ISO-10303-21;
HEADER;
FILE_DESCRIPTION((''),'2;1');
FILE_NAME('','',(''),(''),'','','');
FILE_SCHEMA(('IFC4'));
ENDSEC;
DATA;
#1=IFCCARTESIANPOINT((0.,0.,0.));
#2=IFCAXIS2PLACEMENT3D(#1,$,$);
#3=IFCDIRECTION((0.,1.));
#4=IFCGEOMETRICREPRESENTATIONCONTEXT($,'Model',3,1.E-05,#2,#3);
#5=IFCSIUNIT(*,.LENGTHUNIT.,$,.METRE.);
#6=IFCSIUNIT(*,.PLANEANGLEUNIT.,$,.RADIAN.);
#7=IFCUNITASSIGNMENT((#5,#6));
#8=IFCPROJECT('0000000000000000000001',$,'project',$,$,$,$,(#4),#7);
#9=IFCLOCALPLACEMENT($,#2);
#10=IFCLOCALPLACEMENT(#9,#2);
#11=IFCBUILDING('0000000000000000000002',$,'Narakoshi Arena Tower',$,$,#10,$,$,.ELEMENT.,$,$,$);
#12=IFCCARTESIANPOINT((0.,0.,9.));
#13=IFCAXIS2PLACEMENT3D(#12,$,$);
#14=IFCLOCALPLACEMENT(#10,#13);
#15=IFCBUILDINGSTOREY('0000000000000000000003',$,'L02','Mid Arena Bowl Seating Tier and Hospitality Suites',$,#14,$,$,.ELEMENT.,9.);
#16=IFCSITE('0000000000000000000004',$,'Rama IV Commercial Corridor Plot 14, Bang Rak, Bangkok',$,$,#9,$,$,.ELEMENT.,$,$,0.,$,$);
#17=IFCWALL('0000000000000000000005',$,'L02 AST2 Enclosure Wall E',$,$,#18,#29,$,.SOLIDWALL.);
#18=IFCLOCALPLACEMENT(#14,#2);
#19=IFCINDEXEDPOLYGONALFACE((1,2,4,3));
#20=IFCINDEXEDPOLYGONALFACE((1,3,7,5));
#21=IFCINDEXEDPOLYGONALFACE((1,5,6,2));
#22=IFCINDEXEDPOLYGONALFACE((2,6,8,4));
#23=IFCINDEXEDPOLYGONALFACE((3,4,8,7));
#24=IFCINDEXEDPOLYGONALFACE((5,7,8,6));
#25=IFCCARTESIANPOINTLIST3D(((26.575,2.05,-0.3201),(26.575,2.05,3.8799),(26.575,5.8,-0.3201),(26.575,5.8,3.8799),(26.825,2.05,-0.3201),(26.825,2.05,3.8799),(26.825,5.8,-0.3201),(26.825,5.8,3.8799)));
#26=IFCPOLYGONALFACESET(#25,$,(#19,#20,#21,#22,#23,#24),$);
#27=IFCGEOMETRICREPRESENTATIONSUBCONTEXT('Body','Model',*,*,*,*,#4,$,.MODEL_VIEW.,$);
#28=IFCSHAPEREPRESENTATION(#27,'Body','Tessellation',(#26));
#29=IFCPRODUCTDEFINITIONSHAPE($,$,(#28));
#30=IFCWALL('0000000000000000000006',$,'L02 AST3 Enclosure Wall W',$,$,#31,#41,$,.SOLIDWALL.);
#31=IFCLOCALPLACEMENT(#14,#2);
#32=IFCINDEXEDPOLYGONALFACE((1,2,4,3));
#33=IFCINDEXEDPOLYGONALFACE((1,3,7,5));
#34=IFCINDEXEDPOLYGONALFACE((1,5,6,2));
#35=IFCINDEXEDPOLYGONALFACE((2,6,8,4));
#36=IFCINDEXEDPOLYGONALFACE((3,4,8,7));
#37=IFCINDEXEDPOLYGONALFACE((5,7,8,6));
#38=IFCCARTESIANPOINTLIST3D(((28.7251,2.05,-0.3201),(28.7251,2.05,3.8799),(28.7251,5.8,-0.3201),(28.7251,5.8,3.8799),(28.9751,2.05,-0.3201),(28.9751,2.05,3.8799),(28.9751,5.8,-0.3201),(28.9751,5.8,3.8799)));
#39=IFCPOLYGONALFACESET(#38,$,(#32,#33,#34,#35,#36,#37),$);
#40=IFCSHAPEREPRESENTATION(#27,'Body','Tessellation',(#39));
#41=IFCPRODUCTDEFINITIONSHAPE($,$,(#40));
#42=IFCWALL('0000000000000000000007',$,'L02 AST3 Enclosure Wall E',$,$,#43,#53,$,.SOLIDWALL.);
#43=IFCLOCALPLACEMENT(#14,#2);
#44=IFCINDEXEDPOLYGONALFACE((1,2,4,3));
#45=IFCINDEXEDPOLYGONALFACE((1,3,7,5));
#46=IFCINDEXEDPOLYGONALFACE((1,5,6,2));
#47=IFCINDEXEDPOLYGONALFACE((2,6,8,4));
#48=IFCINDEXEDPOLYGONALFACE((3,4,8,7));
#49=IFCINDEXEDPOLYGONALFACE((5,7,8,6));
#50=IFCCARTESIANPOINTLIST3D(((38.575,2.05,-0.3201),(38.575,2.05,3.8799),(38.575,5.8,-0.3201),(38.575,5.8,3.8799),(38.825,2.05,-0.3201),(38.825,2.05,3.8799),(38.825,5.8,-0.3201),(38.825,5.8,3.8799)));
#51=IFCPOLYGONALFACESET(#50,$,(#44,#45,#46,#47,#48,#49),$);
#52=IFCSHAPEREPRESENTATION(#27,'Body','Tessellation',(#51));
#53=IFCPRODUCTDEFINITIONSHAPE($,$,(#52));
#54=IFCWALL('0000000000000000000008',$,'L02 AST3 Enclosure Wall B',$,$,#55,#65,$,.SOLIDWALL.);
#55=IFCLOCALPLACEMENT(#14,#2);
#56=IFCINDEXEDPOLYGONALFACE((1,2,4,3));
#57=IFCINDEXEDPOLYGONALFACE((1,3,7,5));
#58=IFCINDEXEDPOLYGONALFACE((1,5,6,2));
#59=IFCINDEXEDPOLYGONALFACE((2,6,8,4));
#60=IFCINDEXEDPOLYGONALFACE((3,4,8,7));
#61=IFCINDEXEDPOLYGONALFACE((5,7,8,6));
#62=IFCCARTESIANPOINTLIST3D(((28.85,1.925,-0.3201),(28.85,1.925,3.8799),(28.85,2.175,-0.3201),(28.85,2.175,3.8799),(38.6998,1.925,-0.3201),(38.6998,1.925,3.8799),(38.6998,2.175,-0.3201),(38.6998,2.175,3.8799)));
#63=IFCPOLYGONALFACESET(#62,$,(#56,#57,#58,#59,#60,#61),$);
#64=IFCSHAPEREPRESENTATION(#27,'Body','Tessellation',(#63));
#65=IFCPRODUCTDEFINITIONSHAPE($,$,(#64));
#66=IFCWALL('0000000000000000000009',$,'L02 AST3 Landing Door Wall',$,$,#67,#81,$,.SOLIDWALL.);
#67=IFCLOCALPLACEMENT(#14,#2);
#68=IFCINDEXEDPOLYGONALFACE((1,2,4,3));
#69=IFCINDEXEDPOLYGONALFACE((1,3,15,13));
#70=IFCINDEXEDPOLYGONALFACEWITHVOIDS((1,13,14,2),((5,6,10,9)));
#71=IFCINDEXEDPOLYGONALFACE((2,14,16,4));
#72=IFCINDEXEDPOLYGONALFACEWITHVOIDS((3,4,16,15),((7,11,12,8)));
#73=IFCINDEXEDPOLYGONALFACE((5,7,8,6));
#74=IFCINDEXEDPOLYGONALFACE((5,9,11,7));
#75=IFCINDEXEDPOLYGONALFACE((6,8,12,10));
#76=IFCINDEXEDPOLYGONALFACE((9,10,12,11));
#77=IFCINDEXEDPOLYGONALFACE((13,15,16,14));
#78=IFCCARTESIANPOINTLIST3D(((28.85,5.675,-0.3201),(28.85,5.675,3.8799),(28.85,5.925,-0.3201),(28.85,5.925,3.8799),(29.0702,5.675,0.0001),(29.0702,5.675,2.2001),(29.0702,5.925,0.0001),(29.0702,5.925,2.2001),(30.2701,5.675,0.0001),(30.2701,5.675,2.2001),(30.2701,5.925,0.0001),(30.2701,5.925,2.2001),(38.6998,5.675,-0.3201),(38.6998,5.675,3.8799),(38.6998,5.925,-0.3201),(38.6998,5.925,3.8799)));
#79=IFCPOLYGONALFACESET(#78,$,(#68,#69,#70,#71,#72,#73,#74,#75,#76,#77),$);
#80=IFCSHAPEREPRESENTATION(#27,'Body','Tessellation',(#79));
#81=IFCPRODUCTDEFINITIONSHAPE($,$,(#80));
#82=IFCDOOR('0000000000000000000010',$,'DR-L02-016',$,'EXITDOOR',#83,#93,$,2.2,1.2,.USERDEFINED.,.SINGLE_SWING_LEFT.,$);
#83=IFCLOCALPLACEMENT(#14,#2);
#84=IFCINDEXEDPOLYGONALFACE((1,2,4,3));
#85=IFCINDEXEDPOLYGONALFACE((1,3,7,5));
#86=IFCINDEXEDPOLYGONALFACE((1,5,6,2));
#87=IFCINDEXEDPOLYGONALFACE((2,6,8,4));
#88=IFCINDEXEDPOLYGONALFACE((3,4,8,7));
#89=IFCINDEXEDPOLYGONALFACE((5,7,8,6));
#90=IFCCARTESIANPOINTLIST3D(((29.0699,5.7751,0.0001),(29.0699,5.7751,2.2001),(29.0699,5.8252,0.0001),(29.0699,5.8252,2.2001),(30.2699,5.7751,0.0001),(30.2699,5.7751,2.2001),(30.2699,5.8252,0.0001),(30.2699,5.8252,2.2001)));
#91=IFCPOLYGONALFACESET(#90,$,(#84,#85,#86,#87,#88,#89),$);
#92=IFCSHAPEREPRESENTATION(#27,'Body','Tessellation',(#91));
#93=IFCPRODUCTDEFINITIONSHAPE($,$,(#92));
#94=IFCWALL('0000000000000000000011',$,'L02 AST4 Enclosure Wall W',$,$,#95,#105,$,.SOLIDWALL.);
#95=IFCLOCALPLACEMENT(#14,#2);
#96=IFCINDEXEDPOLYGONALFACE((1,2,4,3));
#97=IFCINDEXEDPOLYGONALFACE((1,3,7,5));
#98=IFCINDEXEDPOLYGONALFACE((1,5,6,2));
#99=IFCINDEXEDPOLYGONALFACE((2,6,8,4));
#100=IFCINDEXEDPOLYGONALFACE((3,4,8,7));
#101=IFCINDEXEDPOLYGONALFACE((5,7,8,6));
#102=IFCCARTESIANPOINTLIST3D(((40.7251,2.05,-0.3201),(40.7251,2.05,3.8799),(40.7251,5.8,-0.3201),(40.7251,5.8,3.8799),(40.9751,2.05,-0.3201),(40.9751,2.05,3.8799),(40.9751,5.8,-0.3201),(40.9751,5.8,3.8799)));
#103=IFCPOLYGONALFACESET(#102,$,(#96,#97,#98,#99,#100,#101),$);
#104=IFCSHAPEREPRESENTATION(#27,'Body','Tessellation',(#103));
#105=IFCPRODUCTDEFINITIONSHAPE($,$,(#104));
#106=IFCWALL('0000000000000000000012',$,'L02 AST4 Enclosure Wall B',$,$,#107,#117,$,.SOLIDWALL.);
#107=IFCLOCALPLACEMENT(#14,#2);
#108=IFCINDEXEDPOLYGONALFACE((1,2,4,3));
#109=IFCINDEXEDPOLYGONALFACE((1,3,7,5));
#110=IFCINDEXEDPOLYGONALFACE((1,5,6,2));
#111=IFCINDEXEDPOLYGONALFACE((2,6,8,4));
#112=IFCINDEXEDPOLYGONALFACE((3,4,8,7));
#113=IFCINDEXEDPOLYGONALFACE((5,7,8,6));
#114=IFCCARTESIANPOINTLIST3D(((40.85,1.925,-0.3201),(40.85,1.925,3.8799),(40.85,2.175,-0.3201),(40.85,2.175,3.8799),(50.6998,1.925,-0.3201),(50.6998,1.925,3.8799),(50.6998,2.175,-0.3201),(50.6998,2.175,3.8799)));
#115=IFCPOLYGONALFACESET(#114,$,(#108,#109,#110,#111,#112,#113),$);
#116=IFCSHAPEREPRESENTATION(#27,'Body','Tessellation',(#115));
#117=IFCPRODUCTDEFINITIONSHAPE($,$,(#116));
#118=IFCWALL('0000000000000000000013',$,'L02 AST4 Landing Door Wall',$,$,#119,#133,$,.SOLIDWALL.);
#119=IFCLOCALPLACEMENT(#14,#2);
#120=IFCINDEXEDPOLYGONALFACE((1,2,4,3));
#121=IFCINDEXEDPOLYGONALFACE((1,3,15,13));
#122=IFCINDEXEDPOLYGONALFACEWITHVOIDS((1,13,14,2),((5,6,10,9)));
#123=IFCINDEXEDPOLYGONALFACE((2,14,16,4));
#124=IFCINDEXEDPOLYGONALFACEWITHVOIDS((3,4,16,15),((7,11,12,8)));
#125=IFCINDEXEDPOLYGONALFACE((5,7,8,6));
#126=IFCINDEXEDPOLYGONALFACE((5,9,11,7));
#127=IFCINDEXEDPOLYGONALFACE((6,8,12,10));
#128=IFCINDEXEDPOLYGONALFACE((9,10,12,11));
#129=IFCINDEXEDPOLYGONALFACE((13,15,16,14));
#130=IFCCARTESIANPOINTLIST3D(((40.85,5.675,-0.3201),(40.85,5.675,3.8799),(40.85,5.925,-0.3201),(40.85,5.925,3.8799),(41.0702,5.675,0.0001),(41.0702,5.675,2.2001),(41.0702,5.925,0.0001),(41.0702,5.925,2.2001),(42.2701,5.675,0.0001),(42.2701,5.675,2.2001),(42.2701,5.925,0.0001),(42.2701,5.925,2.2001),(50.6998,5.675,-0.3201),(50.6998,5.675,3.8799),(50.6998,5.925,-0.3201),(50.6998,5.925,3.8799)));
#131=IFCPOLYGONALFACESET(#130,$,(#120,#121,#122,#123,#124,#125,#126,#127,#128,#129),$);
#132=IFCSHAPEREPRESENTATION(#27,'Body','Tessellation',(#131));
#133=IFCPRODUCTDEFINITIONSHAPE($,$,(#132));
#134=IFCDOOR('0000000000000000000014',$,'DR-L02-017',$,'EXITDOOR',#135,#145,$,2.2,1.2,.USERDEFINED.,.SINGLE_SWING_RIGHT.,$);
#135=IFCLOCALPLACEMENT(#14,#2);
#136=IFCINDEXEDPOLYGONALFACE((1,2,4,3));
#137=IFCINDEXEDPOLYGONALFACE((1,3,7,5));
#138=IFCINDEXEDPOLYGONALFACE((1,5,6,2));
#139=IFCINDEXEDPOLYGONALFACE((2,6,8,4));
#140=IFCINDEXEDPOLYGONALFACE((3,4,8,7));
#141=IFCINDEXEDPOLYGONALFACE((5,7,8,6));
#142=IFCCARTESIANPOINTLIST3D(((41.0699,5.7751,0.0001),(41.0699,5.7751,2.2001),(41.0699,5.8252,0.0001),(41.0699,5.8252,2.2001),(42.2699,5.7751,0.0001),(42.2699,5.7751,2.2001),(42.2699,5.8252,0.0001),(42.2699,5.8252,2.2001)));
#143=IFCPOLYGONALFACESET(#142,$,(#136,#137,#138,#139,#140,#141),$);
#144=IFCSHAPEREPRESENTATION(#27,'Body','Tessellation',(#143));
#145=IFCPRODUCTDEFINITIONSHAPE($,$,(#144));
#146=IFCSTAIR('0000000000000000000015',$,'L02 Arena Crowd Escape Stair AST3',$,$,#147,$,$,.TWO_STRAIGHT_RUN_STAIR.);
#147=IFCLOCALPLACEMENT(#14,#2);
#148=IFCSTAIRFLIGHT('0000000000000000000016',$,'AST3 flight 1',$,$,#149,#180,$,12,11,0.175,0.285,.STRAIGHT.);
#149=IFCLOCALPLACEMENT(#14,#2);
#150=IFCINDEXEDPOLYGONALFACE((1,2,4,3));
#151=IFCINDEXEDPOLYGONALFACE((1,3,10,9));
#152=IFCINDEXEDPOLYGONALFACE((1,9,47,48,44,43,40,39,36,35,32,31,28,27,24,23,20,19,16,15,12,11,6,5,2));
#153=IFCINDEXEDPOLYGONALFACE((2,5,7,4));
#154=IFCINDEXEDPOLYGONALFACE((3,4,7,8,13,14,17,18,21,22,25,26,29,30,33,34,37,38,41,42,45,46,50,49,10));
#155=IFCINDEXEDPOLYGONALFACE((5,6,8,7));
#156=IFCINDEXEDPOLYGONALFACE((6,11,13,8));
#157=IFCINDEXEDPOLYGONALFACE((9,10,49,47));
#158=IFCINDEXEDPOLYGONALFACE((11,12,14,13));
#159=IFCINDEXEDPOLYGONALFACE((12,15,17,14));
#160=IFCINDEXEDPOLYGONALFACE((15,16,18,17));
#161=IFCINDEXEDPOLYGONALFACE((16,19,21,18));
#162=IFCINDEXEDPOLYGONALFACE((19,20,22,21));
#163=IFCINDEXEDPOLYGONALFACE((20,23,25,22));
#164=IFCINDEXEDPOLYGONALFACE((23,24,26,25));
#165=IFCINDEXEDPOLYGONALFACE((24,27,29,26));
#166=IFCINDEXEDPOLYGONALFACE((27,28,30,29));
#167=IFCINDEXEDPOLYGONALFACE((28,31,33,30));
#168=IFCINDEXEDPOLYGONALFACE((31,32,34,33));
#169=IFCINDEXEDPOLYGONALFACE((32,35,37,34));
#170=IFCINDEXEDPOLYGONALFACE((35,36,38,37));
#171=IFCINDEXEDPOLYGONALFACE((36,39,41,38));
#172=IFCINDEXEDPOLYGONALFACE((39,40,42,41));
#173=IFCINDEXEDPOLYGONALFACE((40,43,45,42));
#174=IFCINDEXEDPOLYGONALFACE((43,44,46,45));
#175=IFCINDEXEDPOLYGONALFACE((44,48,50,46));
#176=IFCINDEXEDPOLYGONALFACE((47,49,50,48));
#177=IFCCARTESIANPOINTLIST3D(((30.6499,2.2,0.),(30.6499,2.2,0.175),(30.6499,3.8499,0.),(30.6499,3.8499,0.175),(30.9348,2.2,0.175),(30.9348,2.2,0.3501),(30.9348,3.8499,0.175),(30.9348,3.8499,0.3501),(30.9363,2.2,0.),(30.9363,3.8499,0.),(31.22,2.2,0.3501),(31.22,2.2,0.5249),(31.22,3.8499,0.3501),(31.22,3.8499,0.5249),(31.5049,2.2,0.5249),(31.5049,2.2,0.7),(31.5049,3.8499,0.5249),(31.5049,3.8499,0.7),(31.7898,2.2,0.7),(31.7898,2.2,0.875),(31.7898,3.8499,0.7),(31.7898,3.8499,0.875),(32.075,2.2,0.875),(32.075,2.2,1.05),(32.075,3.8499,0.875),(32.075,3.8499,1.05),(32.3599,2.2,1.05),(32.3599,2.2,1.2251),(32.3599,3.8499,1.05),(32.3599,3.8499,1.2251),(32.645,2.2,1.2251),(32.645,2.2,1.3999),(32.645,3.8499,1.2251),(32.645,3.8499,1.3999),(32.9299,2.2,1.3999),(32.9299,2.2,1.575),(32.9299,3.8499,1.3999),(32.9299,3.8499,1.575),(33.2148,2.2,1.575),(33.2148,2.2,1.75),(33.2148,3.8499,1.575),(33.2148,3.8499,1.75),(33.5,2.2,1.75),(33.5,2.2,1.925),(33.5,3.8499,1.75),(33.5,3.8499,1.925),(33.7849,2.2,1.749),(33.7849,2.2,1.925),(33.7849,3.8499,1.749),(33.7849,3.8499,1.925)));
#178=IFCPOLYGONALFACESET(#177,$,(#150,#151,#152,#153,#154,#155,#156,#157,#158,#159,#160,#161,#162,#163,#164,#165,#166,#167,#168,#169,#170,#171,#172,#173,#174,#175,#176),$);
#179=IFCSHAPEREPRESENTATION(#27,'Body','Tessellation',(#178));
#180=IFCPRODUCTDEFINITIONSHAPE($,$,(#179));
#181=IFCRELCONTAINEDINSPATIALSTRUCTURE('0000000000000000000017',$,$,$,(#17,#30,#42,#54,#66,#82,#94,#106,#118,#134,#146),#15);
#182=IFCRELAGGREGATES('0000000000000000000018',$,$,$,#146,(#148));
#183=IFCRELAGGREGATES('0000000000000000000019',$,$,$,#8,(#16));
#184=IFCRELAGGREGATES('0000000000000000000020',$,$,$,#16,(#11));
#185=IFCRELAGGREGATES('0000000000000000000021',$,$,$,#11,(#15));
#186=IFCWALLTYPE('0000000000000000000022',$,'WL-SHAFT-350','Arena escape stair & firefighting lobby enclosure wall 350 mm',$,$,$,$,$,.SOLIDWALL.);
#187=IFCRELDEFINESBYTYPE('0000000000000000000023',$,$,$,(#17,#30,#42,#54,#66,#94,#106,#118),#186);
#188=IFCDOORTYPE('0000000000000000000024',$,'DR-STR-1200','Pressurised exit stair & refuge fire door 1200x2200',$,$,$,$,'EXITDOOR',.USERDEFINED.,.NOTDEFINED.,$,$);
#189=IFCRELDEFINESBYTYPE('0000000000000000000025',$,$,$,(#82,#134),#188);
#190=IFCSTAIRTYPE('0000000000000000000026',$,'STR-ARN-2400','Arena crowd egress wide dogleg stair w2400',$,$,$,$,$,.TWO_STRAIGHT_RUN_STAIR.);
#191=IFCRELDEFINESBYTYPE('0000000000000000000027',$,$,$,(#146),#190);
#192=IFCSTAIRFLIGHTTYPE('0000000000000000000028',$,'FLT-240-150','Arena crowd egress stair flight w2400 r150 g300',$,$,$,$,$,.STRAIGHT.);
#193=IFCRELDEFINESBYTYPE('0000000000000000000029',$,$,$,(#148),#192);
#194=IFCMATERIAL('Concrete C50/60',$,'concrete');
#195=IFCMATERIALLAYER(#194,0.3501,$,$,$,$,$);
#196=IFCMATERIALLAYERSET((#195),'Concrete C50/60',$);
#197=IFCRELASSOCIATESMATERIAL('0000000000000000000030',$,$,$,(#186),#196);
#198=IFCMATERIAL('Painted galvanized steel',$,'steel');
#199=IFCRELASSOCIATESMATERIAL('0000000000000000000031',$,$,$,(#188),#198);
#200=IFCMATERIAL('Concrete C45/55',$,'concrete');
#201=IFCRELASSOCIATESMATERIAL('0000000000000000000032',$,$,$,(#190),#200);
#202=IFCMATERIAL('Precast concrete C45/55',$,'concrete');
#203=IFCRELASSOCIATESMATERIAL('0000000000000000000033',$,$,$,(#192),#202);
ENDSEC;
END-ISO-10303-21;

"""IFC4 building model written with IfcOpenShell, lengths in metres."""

from ifc_helpers import new_model, si_unit, direction, frame, frame_2d, origin, place, context, subcontext, project, spatial, polyline, rectangle, outline, extrude, material, layer, layer_set, type_object, element, fill, aggregate, save


model = new_model("IFC4")

# Units and contexts
model_context = context("Model", 3, precision=1e-05, world=origin(), true_north=direction((0.0, 1.0)))
body_context = subcontext(model_context, "Body", "Model", "MODEL_VIEW")
ifc_project = project(units=[si_unit("LENGTHUNIT", "METRE"), si_unit("PLANEANGLEUNIT", "RADIAN")], contexts=[model_context])

# Site, building, storey
site_placement = place(None, origin())
site = spatial("IfcSite", under=ifc_project, at=site_placement, Name="Rama IV Commercial Corridor Plot 14, Bang Rak, Bangkok", CompositionType="ELEMENT", RefElevation=0.0)
building_placement = place(site_placement, origin())
building = spatial("IfcBuilding", under=site, at=building_placement, Name="Narakoshi Arena Tower", CompositionType="ELEMENT")
storey_placement = place(building_placement, frame((0.0, 0.0, 9.0)))
storey = spatial("IfcBuildingStorey", under=building, at=storey_placement, Name="L02", Description="Mid Arena Bowl Seating Tier and Hospitality Suites", CompositionType="ELEMENT", Elevation=9.0)

# Shared definitions
ifc_material_1 = material(Name="Concrete C50/60", Category="concrete")

# Shared definitions
ifc_material_2 = material(Name="Painted galvanized steel", Category="steel")

# Walls
ifc_layer_1 = layer(ifc_material_1, 0.3501)
ifc_layer_set_1 = layer_set([ifc_layer_1], Name="Concrete C50/60")
wall_type_1 = type_object("IfcWallType", Name="WL-SHAFT-350", Description="Arena escape stair & firefighting lobby enclosure wall 350 mm", PredefinedType="SOLIDWALL", material=ifc_layer_set_1)
for number, where, z_axis, x_axis, name in (
    (1, (26.7, 2.05, -0.3201), (0.0, 0.0, 1.0), (0.0, 1.0, 0.0), "L02 AST2 Enclosure Wall E"),
    (2, (28.8501, 2.05, -0.3201), (0.0, 0.0, 1.0), (0.0, 1.0, 0.0), "L02 AST3 Enclosure Wall W"),
    (3, (38.7, 2.05, -0.3201), (0.0, 0.0, 1.0), (0.0, 1.0, 0.0), "L02 AST3 Enclosure Wall E"),
):
    element("IfcWall", number, at=place(storey_placement, frame(where, z_axis=z_axis, x_axis=x_axis)), inside=storey, type_object=wall_type_1, Name=name, PredefinedType="SOLIDWALL", context=body_context, shape_type="SweptSolid", body=[
        extrude(rectangle(XDim=3.75, YDim=0.25, at=frame_2d((1.875, 0.0))), origin(), (0.0, 0.0, 1.0), 4.2),
    ])
wall_1_placement = place(storey_placement, frame((28.8501, 2.05, -0.3201), z_axis=(0.0, 0.0, 1.0), x_axis=(1.0, 0.0, 0.0)))
element("IfcWall", 4, at=wall_1_placement, inside=storey, type_object=wall_type_1, Name="L02 AST3 Enclosure Wall B", PredefinedType="SOLIDWALL", context=body_context, shape_type="SweptSolid", body=[
    extrude(rectangle(XDim=9.8499, YDim=0.25, at=frame_2d((4.9248, 0.0))), origin(), (0.0, 0.0, 1.0), 4.2),
])

# Wall, opening, door
wall_2_placement = place(storey_placement, frame((28.8501, 5.8, -0.3201), z_axis=(0.0, 0.0, 1.0), x_axis=(1.0, 0.0, 0.0)))
wall_2 = element("IfcWall", 5, at=wall_2_placement, inside=storey, type_object=wall_type_1, Name="L02 AST3 Landing Door Wall", PredefinedType="SOLIDWALL", context=body_context, shape_type="SweptSolid", body=[
    extrude(rectangle(XDim=9.8499, YDim=0.25, at=frame_2d((4.9248, 0.0))), origin(), (0.0, 0.0, 1.0), 4.2),
])
opening_1_placement = place(wall_2_placement, frame((0.22, 0.0, 0.3201)))
opening_1 = element("IfcOpeningElement", 6, at=opening_1_placement, cuts=wall_2, PredefinedType="OPENING", context=body_context, shape_type="SweptSolid", body=[
    extrude(rectangle(XDim=1.2, YDim=2.2, at=frame_2d((0.6001, 1.1001))), frame((0.0, 0.135, 0.0), z_axis=(0.0, -1.0, 0.0), x_axis=(1.0, 0.0, 0.0)), (0.0, 0.0, 1.0), 0.27),
])
door_type_1 = type_object("IfcDoorType", Name="DR-STR-1200", Description="Pressurised exit stair & refuge fire door 1200x2200", ElementType="EXITDOOR", OperationType="NOTDEFINED", PredefinedType="USERDEFINED", material=ifc_material_2)
door_1_placement = place(opening_1_placement, frame((1.2, 0.0, 0.0), z_axis=(0.0, 0.0, 1.0), x_axis=(-1.0, 0.0, 0.0)))
door_1 = element("IfcDoor", 7, at=door_1_placement, inside=storey, type_object=door_type_1, Name="DR-L02-016", ObjectType="EXITDOOR", OperationType="SINGLE_SWING_LEFT", OverallHeight=2.2, OverallWidth=1.2, PredefinedType="USERDEFINED", context=body_context, shape_type="SweptSolid", body=[
    extrude(rectangle(XDim=1.2, YDim=2.2, at=frame_2d((0.6001, 1.1001))), frame((0.0, 0.0249, 0.0), z_axis=(0.0, -1.0, 0.0), x_axis=(1.0, 0.0, 0.0)), (0.0, 0.0, 1.0), 0.05),
])
fill(opening_1, door_1)

# Walls
wall_3_placement = place(storey_placement, frame((40.8501, 2.05, -0.3201), z_axis=(0.0, 0.0, 1.0), x_axis=(0.0, 1.0, 0.0)))
element("IfcWall", 8, at=wall_3_placement, inside=storey, type_object=wall_type_1, Name="L02 AST4 Enclosure Wall W", PredefinedType="SOLIDWALL", context=body_context, shape_type="SweptSolid", body=[
    extrude(rectangle(XDim=3.75, YDim=0.25, at=frame_2d((1.875, 0.0))), origin(), (0.0, 0.0, 1.0), 4.2),
])
wall_4_placement = place(storey_placement, frame((40.8501, 2.05, -0.3201), z_axis=(0.0, 0.0, 1.0), x_axis=(1.0, 0.0, 0.0)))
element("IfcWall", 9, at=wall_4_placement, inside=storey, type_object=wall_type_1, Name="L02 AST4 Enclosure Wall B", PredefinedType="SOLIDWALL", context=body_context, shape_type="SweptSolid", body=[
    extrude(rectangle(XDim=9.8499, YDim=0.25, at=frame_2d((4.9248, 0.0))), origin(), (0.0, 0.0, 1.0), 4.2),
])

# Wall, opening, door
wall_5_placement = place(storey_placement, frame((40.8501, 5.8, -0.3201), z_axis=(0.0, 0.0, 1.0), x_axis=(1.0, 0.0, 0.0)))
wall_5 = element("IfcWall", 10, at=wall_5_placement, inside=storey, type_object=wall_type_1, Name="L02 AST4 Landing Door Wall", PredefinedType="SOLIDWALL", context=body_context, shape_type="SweptSolid", body=[
    extrude(rectangle(XDim=9.8499, YDim=0.25, at=frame_2d((4.9248, 0.0))), origin(), (0.0, 0.0, 1.0), 4.2),
])
opening_2_placement = place(wall_5_placement, frame((0.22, 0.0, 0.3201)))
opening_2 = element("IfcOpeningElement", 11, at=opening_2_placement, cuts=wall_5, PredefinedType="OPENING", context=body_context, shape_type="SweptSolid", body=[
    extrude(rectangle(XDim=1.2, YDim=2.2, at=frame_2d((0.6001, 1.1001))), frame((0.0, 0.135, 0.0), z_axis=(0.0, -1.0, 0.0), x_axis=(1.0, 0.0, 0.0)), (0.0, 0.0, 1.0), 0.27),
])
door_2_placement = place(opening_2_placement, frame((1.2, 0.0, 0.0), z_axis=(0.0, 0.0, 1.0), x_axis=(-1.0, 0.0, 0.0)))
door_2 = element("IfcDoor", 12, at=door_2_placement, inside=storey, type_object=door_type_1, Name="DR-L02-017", ObjectType="EXITDOOR", OperationType="SINGLE_SWING_RIGHT", OverallHeight=2.2, OverallWidth=1.2, PredefinedType="USERDEFINED", context=body_context, shape_type="SweptSolid", body=[
    extrude(rectangle(XDim=1.2, YDim=2.2, at=frame_2d((0.6001, 1.1001))), frame((0.0, 0.0249, 0.0), z_axis=(0.0, -1.0, 0.0), x_axis=(1.0, 0.0, 0.0)), (0.0, 0.0, 1.0), 0.05),
])
fill(opening_2, door_2)

# Stair, stair flight
ifc_material_3 = material(Name="Concrete C45/55", Category="concrete")
stair_type = type_object("IfcStairType", Name="STR-ARN-2400", Description="Arena crowd egress wide dogleg stair w2400", PredefinedType="TWO_STRAIGHT_RUN_STAIR", material=ifc_material_3)
stair_1_placement = place(storey_placement, origin())
stair_1 = element("IfcStair", 13, at=stair_1_placement, inside=storey, type_object=stair_type, Name="L02 Arena Crowd Escape Stair AST3", PredefinedType="TWO_STRAIGHT_RUN_STAIR")
ifc_material_4 = material(Name="Precast concrete C45/55", Category="concrete")
stair_flight_type = type_object("IfcStairFlightType", Name="FLT-240-150", Description="Arena crowd egress stair flight w2400 r150 g300", PredefinedType="STRAIGHT", material=ifc_material_4)
stair_flight_1_placement = place(storey_placement, frame((30.6499, 3.0249, 0.0), z_axis=(0.0, 0.0, 1.0), x_axis=(1.0, 0.0, 0.0)))
stair_flight_1 = element("IfcStairFlight", 14, at=stair_flight_1_placement, type_object=stair_flight_type, Name="AST3 flight 1", NumberOfRisers=12, NumberOfTreads=11, PredefinedType="STRAIGHT", RiserHeight=0.175, TreadLength=0.285, context=body_context, shape_type="SweptSolid", body=[
    extrude(outline(polyline([(0.0, 0.0), (0.0, 0.175), (0.2849, 0.175), (0.2849, 0.3501), (0.5701, 0.3501), (0.5701, 0.5249), (0.855, 0.5249), (0.855, 0.7), (1.1399, 0.7), (1.1399, 0.875), (1.425, 0.875), (1.425, 1.05), (1.71, 1.05), (1.71, 1.2251), (1.9951, 1.2251), (1.9951, 1.3999), (2.28, 1.3999), (2.28, 1.575), (2.5649, 1.575), (2.5649, 1.75), (2.8501, 1.75), (2.8501, 1.925), (3.135, 1.925), (3.135, 2.1001), (3.135, 1.749), (0.2864, 0.0), (0.0, 0.0)])), frame((0.0, 0.825, 0.0), z_axis=(0.0, -1.0, 0.0), x_axis=(1.0, 0.0, 0.0)), (0.0, 0.0, 1.0), 1.6499),
])
aggregate(stair_1, [stair_flight_1])

save(model, "model.ifc")
